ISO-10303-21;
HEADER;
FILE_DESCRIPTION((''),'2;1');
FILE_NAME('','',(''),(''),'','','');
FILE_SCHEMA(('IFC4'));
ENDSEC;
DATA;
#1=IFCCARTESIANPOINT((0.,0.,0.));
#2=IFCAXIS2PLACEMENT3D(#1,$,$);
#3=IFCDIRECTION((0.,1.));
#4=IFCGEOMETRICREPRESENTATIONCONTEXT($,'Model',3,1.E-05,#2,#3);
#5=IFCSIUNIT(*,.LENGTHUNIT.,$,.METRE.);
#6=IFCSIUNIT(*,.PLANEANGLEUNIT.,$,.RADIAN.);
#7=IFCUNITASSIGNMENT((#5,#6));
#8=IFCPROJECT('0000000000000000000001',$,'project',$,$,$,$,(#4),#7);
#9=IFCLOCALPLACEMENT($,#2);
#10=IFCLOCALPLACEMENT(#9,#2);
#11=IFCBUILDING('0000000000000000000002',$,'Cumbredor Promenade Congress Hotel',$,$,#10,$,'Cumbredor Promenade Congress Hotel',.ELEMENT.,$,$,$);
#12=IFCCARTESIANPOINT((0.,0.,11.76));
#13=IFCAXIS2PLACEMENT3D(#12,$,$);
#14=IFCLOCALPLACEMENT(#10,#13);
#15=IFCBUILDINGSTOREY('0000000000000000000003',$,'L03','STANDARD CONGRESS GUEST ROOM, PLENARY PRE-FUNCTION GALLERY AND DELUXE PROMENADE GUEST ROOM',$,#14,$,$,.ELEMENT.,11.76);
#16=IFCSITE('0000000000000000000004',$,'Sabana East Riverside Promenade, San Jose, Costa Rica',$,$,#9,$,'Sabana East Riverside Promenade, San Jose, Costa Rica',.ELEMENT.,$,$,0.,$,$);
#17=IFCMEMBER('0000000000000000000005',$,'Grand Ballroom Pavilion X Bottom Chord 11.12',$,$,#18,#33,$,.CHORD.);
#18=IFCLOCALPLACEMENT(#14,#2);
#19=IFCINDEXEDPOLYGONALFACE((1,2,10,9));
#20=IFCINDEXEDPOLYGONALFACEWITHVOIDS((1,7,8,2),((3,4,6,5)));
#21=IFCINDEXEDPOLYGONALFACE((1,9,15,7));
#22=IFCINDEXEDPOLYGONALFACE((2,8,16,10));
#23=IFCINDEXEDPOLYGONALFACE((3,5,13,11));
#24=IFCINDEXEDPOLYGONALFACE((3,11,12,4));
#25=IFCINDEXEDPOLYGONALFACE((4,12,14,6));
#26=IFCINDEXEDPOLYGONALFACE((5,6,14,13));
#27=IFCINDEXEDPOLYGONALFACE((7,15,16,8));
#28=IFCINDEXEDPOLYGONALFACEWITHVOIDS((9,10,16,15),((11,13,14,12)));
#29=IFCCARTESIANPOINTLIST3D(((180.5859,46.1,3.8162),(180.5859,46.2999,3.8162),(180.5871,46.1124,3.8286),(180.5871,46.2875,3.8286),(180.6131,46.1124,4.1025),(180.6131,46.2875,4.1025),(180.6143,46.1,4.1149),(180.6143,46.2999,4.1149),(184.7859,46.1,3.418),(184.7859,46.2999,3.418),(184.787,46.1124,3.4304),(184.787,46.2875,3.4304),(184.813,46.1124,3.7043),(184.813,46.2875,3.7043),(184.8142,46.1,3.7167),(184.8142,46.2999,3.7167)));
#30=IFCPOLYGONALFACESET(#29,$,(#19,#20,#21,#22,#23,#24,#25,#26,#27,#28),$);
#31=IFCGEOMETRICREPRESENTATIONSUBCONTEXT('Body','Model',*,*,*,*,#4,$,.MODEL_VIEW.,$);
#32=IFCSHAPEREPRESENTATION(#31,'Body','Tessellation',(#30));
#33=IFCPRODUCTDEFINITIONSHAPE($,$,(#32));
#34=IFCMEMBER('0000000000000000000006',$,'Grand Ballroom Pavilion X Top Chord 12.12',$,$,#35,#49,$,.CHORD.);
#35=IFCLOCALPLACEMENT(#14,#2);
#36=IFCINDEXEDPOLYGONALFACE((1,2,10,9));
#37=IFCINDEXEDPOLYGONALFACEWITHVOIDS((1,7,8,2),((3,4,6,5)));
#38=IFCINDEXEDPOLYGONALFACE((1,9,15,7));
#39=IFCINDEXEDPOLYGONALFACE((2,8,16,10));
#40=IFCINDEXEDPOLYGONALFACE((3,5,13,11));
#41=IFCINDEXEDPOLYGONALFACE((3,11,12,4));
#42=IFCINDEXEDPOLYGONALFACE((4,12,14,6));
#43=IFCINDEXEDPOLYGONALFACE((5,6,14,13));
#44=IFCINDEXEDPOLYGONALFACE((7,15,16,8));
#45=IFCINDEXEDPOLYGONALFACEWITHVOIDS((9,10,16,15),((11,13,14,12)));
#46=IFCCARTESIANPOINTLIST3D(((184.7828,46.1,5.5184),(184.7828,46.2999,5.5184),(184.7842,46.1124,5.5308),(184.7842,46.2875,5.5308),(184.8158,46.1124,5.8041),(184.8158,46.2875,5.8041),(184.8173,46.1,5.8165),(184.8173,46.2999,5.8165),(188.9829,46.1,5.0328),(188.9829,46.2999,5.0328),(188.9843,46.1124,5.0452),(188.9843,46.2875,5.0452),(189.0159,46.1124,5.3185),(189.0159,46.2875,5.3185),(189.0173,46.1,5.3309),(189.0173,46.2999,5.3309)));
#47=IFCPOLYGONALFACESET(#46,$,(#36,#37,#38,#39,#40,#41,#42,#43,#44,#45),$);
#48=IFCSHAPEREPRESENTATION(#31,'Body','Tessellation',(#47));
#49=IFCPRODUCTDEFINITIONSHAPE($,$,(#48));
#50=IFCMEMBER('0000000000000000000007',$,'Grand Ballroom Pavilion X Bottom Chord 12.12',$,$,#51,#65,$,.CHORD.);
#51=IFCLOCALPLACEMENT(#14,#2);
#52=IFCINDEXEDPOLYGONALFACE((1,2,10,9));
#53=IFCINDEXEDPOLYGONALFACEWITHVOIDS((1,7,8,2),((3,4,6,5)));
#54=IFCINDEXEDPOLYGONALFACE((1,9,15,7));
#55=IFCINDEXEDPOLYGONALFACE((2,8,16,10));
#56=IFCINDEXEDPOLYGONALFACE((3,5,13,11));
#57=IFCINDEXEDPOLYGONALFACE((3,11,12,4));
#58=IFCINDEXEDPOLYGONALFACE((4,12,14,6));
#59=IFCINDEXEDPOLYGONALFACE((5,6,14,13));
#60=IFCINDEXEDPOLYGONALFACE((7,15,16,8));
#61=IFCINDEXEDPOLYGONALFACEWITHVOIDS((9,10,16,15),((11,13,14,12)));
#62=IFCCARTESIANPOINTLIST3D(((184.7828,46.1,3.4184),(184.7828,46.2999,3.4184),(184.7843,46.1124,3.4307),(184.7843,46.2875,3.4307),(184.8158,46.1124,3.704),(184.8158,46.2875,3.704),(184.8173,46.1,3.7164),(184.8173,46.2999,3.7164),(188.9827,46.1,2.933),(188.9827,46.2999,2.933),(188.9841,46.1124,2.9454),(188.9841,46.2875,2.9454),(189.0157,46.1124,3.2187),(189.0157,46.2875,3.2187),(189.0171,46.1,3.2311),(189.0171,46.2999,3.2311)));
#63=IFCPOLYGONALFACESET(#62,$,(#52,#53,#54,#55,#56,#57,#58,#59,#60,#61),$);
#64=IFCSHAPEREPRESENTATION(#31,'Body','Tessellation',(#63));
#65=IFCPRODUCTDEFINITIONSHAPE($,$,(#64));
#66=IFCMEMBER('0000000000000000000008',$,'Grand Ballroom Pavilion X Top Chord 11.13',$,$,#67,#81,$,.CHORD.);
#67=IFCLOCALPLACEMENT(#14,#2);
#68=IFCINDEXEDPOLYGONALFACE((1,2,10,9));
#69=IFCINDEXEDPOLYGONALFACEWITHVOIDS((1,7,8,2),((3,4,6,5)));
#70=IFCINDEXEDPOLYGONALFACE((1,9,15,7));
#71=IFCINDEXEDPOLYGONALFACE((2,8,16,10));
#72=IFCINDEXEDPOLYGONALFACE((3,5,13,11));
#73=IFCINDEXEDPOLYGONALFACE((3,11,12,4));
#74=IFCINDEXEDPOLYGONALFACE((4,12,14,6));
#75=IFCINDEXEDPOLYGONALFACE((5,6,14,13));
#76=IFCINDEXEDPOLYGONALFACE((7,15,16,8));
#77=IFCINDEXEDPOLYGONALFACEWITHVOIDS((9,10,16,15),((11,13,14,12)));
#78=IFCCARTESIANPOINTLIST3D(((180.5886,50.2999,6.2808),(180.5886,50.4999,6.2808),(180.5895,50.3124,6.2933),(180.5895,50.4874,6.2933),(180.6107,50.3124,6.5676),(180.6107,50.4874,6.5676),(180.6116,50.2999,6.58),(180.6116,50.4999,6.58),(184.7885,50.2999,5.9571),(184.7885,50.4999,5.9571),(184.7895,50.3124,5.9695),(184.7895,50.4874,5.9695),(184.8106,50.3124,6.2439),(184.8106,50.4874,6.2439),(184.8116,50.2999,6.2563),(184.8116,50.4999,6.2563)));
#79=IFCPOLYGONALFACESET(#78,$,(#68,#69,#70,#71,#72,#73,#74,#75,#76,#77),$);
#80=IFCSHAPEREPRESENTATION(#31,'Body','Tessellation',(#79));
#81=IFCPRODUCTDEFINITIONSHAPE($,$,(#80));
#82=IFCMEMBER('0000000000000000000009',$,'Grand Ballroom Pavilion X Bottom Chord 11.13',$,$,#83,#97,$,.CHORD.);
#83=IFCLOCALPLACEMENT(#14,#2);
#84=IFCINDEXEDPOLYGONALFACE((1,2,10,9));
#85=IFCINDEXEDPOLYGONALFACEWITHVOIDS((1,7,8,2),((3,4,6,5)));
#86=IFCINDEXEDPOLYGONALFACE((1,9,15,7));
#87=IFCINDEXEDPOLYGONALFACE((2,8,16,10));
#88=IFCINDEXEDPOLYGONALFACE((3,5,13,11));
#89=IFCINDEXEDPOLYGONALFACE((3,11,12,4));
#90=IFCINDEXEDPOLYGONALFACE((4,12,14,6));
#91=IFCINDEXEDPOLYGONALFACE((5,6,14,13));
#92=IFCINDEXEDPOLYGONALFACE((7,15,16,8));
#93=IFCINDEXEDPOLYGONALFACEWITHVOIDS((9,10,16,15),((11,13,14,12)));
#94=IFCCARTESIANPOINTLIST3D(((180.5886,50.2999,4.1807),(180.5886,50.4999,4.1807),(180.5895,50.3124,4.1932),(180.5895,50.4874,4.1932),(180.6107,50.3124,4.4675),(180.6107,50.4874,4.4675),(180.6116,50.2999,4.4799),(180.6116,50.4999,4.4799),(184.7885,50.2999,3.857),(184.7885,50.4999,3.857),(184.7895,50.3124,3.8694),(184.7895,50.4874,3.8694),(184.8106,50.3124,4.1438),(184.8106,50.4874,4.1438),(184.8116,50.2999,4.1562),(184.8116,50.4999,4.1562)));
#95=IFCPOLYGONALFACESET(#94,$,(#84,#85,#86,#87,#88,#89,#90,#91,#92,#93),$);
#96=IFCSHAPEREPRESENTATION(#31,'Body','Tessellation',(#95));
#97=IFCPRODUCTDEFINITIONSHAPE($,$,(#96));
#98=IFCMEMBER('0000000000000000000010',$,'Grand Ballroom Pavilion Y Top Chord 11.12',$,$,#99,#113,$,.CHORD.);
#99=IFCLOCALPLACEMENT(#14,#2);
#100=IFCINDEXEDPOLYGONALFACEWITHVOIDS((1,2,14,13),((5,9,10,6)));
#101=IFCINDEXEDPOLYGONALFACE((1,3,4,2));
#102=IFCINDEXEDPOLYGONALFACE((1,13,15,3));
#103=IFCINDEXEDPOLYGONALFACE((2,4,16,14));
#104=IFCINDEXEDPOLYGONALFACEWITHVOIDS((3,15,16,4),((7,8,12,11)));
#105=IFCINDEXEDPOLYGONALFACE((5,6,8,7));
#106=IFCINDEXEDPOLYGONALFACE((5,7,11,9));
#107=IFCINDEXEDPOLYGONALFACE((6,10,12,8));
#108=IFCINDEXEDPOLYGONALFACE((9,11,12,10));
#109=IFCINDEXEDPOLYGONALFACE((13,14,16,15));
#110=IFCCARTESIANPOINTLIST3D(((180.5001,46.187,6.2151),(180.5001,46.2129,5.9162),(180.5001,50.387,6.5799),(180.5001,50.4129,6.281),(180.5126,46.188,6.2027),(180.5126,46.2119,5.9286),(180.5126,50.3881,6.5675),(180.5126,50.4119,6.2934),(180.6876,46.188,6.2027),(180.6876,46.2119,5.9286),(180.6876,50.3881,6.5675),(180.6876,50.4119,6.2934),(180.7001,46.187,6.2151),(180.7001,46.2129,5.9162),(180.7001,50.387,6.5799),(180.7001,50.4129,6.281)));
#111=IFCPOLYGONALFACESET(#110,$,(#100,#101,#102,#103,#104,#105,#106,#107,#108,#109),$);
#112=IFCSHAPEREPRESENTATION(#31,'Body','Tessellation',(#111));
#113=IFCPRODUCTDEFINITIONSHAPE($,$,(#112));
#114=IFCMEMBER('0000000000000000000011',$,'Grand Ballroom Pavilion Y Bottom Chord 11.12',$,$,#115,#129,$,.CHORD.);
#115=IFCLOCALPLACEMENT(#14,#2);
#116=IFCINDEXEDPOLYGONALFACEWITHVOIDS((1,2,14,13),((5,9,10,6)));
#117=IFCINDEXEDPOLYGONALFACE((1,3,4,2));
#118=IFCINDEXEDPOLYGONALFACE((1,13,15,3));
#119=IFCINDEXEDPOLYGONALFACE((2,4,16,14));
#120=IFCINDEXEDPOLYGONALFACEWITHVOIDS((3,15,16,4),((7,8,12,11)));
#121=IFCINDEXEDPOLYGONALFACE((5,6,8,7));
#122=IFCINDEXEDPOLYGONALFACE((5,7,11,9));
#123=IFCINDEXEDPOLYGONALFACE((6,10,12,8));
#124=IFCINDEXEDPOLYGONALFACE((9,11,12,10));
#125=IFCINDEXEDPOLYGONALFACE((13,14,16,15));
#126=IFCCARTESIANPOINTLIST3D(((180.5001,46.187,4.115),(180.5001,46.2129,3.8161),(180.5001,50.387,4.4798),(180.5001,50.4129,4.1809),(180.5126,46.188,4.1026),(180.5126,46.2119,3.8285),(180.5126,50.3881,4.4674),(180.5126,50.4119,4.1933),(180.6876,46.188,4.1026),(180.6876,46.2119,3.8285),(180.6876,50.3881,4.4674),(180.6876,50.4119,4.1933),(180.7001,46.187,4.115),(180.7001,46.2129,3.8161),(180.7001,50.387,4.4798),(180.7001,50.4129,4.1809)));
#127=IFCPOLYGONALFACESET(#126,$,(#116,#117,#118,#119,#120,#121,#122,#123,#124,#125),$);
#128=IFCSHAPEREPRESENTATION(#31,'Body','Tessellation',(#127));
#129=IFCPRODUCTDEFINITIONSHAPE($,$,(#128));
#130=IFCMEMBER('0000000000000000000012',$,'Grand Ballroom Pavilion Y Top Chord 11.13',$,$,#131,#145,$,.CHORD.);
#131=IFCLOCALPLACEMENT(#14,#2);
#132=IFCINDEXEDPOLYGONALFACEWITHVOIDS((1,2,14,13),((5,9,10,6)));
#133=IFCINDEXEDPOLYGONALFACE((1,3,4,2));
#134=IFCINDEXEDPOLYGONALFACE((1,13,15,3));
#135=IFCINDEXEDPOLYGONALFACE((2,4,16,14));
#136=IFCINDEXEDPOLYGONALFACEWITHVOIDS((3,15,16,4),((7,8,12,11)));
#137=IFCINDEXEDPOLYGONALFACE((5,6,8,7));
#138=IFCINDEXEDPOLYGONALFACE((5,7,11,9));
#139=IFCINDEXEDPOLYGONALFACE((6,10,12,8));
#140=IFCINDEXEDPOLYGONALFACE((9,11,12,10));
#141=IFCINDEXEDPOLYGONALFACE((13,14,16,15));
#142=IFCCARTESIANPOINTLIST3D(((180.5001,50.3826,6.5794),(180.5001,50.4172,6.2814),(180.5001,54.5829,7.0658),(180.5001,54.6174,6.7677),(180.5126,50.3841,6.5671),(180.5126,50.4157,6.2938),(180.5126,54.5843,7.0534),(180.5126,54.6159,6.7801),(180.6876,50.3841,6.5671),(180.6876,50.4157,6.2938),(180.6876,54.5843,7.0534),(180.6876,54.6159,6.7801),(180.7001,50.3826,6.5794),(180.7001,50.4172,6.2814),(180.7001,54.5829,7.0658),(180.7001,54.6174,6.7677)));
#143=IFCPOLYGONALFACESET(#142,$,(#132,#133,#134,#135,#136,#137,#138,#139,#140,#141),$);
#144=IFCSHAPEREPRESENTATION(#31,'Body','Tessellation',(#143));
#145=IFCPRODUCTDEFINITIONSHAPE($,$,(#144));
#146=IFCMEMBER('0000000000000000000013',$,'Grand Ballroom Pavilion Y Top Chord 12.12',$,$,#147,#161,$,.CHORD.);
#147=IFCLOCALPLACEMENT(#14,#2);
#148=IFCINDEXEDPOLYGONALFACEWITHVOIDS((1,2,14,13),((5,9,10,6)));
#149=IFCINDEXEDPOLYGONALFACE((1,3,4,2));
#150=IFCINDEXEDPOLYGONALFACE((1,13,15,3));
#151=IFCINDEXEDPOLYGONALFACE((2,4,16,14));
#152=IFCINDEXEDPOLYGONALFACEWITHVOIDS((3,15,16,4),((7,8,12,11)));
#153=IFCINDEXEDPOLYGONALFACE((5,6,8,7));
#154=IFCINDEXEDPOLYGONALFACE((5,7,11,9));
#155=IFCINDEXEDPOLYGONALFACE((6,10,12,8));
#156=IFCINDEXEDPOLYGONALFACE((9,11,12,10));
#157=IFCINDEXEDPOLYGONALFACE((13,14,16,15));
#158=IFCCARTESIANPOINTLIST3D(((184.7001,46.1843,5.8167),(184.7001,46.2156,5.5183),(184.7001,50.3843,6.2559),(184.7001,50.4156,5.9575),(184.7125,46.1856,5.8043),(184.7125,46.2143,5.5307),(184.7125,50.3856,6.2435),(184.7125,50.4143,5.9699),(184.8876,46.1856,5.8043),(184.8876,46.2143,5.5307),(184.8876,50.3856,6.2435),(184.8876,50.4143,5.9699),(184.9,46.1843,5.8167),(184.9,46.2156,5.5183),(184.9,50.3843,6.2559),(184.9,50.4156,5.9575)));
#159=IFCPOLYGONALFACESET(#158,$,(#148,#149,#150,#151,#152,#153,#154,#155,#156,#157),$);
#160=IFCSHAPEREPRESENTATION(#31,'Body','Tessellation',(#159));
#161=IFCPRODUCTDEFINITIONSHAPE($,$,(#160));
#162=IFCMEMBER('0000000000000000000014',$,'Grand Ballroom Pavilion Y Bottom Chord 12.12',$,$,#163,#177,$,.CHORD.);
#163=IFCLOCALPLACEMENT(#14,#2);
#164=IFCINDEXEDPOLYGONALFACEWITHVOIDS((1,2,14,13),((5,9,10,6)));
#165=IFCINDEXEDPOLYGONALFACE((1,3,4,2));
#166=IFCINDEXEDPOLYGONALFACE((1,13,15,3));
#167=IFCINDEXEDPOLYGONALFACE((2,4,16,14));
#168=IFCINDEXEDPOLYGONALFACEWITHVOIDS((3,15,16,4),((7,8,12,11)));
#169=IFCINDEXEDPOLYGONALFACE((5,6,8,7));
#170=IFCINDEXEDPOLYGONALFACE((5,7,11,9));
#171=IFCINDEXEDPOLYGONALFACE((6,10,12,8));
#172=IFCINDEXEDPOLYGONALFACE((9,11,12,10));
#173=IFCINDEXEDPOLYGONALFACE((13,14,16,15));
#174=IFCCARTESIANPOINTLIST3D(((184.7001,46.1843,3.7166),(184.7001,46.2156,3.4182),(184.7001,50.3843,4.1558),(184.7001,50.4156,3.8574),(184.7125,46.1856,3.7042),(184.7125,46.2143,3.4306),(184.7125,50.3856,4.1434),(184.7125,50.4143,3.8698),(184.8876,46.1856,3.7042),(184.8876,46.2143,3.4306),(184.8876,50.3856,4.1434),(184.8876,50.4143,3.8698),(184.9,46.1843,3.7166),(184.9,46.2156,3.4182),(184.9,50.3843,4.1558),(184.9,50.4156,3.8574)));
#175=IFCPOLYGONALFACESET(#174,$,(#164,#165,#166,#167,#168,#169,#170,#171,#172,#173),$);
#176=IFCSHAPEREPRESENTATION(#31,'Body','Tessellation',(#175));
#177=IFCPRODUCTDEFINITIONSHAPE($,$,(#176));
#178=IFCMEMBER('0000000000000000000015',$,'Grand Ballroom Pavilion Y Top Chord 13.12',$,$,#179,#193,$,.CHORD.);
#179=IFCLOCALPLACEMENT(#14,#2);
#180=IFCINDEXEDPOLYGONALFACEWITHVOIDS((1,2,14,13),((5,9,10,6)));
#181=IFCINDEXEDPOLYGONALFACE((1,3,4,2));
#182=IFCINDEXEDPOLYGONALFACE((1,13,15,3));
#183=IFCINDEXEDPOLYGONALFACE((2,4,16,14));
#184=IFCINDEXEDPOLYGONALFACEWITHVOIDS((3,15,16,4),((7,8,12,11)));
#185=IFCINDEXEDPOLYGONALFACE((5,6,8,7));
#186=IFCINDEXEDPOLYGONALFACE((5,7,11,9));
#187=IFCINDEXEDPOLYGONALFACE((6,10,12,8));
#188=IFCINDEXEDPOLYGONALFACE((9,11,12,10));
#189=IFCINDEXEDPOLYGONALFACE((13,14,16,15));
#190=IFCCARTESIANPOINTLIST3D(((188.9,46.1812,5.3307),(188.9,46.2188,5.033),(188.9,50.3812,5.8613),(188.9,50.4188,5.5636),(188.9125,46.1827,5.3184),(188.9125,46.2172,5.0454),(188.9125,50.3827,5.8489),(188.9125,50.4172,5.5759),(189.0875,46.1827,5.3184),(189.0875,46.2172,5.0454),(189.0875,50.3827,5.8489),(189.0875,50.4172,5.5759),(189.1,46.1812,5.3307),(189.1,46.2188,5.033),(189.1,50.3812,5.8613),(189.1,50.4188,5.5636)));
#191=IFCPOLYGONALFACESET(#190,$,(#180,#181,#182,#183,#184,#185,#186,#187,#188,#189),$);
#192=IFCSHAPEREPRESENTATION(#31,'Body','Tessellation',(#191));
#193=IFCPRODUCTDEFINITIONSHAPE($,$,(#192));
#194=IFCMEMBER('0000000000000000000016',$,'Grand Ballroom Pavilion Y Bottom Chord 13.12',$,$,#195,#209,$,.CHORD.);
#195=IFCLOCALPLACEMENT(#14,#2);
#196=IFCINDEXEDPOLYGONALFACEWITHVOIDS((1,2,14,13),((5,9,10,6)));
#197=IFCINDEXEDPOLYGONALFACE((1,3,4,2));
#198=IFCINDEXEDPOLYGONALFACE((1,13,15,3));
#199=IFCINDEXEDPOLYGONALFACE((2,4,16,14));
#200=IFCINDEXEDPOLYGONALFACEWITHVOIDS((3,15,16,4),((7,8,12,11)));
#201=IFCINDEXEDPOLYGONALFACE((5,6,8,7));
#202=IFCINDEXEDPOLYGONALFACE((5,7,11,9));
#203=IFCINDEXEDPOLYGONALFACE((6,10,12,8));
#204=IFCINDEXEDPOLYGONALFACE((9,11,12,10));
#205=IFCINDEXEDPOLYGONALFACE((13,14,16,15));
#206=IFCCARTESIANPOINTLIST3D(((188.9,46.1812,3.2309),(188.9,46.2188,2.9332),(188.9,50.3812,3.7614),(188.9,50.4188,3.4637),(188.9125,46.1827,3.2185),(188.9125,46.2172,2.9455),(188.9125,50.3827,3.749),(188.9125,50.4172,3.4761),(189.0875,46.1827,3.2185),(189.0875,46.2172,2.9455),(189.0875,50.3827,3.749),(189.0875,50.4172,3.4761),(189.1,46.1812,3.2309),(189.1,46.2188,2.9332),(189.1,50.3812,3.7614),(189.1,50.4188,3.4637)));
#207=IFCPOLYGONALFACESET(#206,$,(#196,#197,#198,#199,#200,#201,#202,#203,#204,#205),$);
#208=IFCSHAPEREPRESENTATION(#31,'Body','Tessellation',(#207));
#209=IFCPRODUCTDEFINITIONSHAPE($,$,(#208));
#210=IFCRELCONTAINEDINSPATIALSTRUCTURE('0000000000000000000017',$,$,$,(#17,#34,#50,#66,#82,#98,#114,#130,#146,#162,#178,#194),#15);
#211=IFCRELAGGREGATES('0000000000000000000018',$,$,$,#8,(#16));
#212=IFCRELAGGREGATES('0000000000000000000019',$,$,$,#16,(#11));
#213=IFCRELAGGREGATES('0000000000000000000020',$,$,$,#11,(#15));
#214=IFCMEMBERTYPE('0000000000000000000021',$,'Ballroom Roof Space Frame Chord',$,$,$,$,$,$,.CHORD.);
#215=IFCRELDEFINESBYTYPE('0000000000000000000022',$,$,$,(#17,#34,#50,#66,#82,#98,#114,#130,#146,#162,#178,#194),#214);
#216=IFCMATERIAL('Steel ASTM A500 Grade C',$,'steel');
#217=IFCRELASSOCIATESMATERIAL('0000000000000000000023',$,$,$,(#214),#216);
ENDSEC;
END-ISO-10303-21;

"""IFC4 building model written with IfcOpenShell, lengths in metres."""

from ifc_helpers import new_model, si_unit, direction, frame, origin, origin_2d, place, context, subcontext, project, spatial, hollow_rectangle, extrude, material, material_profile, profile_set, type_object, element, save


model = new_model("IFC4")

# Units and contexts
model_context = context("Model", 3, precision=1e-05, world=origin(), true_north=direction((0.0, 1.0)))
body_context = subcontext(model_context, "Body", "Model", "MODEL_VIEW")
ifc_project = project(units=[si_unit("LENGTHUNIT", "METRE"), si_unit("PLANEANGLEUNIT", "RADIAN")], contexts=[model_context])

# Site, building, storey
site_placement = place(None, origin())
site = spatial("IfcSite", under=ifc_project, at=site_placement, Name="Sabana East Riverside Promenade, San Jose, Costa Rica", LongName="Sabana East Riverside Promenade, San Jose, Costa Rica", CompositionType="ELEMENT", RefElevation=0.0)
building_placement = place(site_placement, origin())
building = spatial("IfcBuilding", under=site, at=building_placement, Name="Cumbredor Promenade Congress Hotel", LongName="Cumbredor Promenade Congress Hotel", CompositionType="ELEMENT")
storey_placement = place(building_placement, frame((0.0, 0.0, 11.76)))
storey = spatial("IfcBuildingStorey", under=building, at=storey_placement, Name="L03", Description="STANDARD CONGRESS GUEST ROOM, PLENARY PRE-FUNCTION GALLERY AND DELUXE PROMENADE GUEST ROOM", CompositionType="ELEMENT", Elevation=11.76)

# Members
ifc_material_1 = material(Name="Steel ASTM A500 Grade C", Category="steel")
ifc_material_profile_1 = material_profile(ifc_material_1, hollow_rectangle(XDim=0.2, YDim=0.3, WallThickness=0.0125, at=origin_2d()), Name="HSS 300x200x12.5")
ifc_profile_set_1 = profile_set([ifc_material_profile_1], Name="Steel ASTM A500 Grade C")
member_type_1 = type_object("IfcMemberType", Name="Ballroom Roof Space Frame Chord", PredefinedType="CHORD", material=ifc_profile_set_1)
member_1_placement = place(storey_placement, frame((180.6001, 46.2, 3.9656), z_axis=(0.995536, 0.0, -0.094386), x_axis=(0.0, 1.0, 0.0)))
element("IfcMember", 1, at=member_1_placement, inside=storey, type_object=member_type_1, Name="Grand Ballroom Pavilion X Bottom Chord 11.12", PredefinedType="CHORD", context=body_context, shape_type="SweptSolid", body=[
    extrude(hollow_rectangle(XDim=0.2, YDim=0.3, WallThickness=0.0125, at=origin_2d()), origin(), (0.0, 0.0, 1.0), 4.2188),
])
member_2_placement = place(storey_placement, frame((184.8, 46.2, 5.6675), z_axis=(0.993382, 0.0, -0.114854), x_axis=(0.0, 1.0, 0.0)))
element("IfcMember", 2, at=member_2_placement, inside=storey, type_object=member_type_1, Name="Grand Ballroom Pavilion X Top Chord 12.12", PredefinedType="CHORD", context=body_context, shape_type="SweptSolid", body=[
    extrude(hollow_rectangle(XDim=0.2, YDim=0.3, WallThickness=0.0125, at=origin_2d()), origin(), (0.0, 0.0, 1.0), 4.228),
])
member_3_placement = place(storey_placement, frame((184.8, 46.2, 3.5674), z_axis=(0.993389, 0.0, -0.114797), x_axis=(0.0, 1.0, 0.0)))
element("IfcMember", 3, at=member_3_placement, inside=storey, type_object=member_type_1, Name="Grand Ballroom Pavilion X Bottom Chord 12.12", PredefinedType="CHORD", context=body_context, shape_type="SweptSolid", body=[
    extrude(hollow_rectangle(XDim=0.2, YDim=0.3, WallThickness=0.0125, at=origin_2d()), origin(), (0.0, 0.0, 1.0), 4.2278),
])
for number, where, z_axis, x_axis, name in (
    (4, (180.6001, 50.3999, 6.4304), (0.997043, 0.0, -0.076852), (0.0, 1.0, 0.0), "Grand Ballroom Pavilion X Top Chord 11.13"),
    (5, (180.6001, 50.3999, 4.3303), (0.997043, 0.0, -0.076852), (0.0, 1.0, 0.0), "Grand Ballroom Pavilion X Bottom Chord 11.13"),
):
    element("IfcMember", number, at=place(storey_placement, frame(where, z_axis=z_axis, x_axis=x_axis)), inside=storey, type_object=member_type_1, Name=name, PredefinedType="CHORD", context=body_context, shape_type="SweptSolid", body=[
        extrude(hollow_rectangle(XDim=0.2, YDim=0.3, WallThickness=0.0125, at=origin_2d()), origin(), (0.0, 0.0, 1.0), 4.2124),
    ])
for number, where, z_axis, x_axis, name in (
    (6, (180.6001, 46.2, 6.0657), (0.0, 0.99625, 0.08652), (-1.0, 0.0, 0.0), "Grand Ballroom Pavilion Y Top Chord 11.12"),
    (7, (180.6001, 46.2, 3.9656), (0.0, 0.99625, 0.08652), (-1.0, 0.0, 0.0), "Grand Ballroom Pavilion Y Bottom Chord 11.12"),
):
    element("IfcMember", number, at=place(storey_placement, frame(where, z_axis=z_axis, x_axis=x_axis)), inside=storey, type_object=member_type_1, Name=name, PredefinedType="CHORD", context=body_context, shape_type="SweptSolid", body=[
        extrude(hollow_rectangle(XDim=0.2, YDim=0.3, WallThickness=0.0125, at=origin_2d()), origin(), (0.0, 0.0, 1.0), 4.2158),
    ])
member_4_placement = place(storey_placement, frame((180.6001, 50.3999, 6.4304), z_axis=(0.0, 0.993363, 0.115019), x_axis=(-1.0, 0.0, 0.0)))
element("IfcMember", 8, at=member_4_placement, inside=storey, type_object=member_type_1, Name="Grand Ballroom Pavilion Y Top Chord 11.13", PredefinedType="CHORD", context=body_context, shape_type="SweptSolid", body=[
    extrude(hollow_rectangle(XDim=0.2, YDim=0.3, WallThickness=0.0125, at=origin_2d()), origin(), (0.0, 0.0, 1.0), 4.2283),
])
for number, where, z_axis, x_axis, name in (
    (9, (184.8, 46.2, 5.6675), (0.0, 0.994577, 0.104008), (-1.0, 0.0, 0.0), "Grand Ballroom Pavilion Y Top Chord 12.12"),
    (10, (184.8, 46.2, 3.5674), (0.0, 0.994577, 0.104008), (-1.0, 0.0, 0.0), "Grand Ballroom Pavilion Y Bottom Chord 12.12"),
):
    element("IfcMember", number, at=place(storey_placement, frame(where, z_axis=z_axis, x_axis=x_axis)), inside=storey, type_object=member_type_1, Name=name, PredefinedType="CHORD", context=body_context, shape_type="SweptSolid", body=[
        extrude(hollow_rectangle(XDim=0.2, YDim=0.3, WallThickness=0.0125, at=origin_2d()), origin(), (0.0, 0.0, 1.0), 4.2229),
    ])
for number, where, z_axis, x_axis, name in (
    (11, (189.0, 46.2, 5.1819), (0.0, 0.992116, 0.125319), (-1.0, 0.0, 0.0), "Grand Ballroom Pavilion Y Top Chord 13.12"),
    (12, (189.0, 46.2, 3.082), (0.0, 0.992116, 0.125319), (-1.0, 0.0, 0.0), "Grand Ballroom Pavilion Y Bottom Chord 13.12"),
):
    element("IfcMember", number, at=place(storey_placement, frame(where, z_axis=z_axis, x_axis=x_axis)), inside=storey, type_object=member_type_1, Name=name, PredefinedType="CHORD", context=body_context, shape_type="SweptSolid", body=[
        extrude(hollow_rectangle(XDim=0.2, YDim=0.3, WallThickness=0.0125, at=origin_2d()), origin(), (0.0, 0.0, 1.0), 4.2334),
    ])

save(model, "model.ifc")
